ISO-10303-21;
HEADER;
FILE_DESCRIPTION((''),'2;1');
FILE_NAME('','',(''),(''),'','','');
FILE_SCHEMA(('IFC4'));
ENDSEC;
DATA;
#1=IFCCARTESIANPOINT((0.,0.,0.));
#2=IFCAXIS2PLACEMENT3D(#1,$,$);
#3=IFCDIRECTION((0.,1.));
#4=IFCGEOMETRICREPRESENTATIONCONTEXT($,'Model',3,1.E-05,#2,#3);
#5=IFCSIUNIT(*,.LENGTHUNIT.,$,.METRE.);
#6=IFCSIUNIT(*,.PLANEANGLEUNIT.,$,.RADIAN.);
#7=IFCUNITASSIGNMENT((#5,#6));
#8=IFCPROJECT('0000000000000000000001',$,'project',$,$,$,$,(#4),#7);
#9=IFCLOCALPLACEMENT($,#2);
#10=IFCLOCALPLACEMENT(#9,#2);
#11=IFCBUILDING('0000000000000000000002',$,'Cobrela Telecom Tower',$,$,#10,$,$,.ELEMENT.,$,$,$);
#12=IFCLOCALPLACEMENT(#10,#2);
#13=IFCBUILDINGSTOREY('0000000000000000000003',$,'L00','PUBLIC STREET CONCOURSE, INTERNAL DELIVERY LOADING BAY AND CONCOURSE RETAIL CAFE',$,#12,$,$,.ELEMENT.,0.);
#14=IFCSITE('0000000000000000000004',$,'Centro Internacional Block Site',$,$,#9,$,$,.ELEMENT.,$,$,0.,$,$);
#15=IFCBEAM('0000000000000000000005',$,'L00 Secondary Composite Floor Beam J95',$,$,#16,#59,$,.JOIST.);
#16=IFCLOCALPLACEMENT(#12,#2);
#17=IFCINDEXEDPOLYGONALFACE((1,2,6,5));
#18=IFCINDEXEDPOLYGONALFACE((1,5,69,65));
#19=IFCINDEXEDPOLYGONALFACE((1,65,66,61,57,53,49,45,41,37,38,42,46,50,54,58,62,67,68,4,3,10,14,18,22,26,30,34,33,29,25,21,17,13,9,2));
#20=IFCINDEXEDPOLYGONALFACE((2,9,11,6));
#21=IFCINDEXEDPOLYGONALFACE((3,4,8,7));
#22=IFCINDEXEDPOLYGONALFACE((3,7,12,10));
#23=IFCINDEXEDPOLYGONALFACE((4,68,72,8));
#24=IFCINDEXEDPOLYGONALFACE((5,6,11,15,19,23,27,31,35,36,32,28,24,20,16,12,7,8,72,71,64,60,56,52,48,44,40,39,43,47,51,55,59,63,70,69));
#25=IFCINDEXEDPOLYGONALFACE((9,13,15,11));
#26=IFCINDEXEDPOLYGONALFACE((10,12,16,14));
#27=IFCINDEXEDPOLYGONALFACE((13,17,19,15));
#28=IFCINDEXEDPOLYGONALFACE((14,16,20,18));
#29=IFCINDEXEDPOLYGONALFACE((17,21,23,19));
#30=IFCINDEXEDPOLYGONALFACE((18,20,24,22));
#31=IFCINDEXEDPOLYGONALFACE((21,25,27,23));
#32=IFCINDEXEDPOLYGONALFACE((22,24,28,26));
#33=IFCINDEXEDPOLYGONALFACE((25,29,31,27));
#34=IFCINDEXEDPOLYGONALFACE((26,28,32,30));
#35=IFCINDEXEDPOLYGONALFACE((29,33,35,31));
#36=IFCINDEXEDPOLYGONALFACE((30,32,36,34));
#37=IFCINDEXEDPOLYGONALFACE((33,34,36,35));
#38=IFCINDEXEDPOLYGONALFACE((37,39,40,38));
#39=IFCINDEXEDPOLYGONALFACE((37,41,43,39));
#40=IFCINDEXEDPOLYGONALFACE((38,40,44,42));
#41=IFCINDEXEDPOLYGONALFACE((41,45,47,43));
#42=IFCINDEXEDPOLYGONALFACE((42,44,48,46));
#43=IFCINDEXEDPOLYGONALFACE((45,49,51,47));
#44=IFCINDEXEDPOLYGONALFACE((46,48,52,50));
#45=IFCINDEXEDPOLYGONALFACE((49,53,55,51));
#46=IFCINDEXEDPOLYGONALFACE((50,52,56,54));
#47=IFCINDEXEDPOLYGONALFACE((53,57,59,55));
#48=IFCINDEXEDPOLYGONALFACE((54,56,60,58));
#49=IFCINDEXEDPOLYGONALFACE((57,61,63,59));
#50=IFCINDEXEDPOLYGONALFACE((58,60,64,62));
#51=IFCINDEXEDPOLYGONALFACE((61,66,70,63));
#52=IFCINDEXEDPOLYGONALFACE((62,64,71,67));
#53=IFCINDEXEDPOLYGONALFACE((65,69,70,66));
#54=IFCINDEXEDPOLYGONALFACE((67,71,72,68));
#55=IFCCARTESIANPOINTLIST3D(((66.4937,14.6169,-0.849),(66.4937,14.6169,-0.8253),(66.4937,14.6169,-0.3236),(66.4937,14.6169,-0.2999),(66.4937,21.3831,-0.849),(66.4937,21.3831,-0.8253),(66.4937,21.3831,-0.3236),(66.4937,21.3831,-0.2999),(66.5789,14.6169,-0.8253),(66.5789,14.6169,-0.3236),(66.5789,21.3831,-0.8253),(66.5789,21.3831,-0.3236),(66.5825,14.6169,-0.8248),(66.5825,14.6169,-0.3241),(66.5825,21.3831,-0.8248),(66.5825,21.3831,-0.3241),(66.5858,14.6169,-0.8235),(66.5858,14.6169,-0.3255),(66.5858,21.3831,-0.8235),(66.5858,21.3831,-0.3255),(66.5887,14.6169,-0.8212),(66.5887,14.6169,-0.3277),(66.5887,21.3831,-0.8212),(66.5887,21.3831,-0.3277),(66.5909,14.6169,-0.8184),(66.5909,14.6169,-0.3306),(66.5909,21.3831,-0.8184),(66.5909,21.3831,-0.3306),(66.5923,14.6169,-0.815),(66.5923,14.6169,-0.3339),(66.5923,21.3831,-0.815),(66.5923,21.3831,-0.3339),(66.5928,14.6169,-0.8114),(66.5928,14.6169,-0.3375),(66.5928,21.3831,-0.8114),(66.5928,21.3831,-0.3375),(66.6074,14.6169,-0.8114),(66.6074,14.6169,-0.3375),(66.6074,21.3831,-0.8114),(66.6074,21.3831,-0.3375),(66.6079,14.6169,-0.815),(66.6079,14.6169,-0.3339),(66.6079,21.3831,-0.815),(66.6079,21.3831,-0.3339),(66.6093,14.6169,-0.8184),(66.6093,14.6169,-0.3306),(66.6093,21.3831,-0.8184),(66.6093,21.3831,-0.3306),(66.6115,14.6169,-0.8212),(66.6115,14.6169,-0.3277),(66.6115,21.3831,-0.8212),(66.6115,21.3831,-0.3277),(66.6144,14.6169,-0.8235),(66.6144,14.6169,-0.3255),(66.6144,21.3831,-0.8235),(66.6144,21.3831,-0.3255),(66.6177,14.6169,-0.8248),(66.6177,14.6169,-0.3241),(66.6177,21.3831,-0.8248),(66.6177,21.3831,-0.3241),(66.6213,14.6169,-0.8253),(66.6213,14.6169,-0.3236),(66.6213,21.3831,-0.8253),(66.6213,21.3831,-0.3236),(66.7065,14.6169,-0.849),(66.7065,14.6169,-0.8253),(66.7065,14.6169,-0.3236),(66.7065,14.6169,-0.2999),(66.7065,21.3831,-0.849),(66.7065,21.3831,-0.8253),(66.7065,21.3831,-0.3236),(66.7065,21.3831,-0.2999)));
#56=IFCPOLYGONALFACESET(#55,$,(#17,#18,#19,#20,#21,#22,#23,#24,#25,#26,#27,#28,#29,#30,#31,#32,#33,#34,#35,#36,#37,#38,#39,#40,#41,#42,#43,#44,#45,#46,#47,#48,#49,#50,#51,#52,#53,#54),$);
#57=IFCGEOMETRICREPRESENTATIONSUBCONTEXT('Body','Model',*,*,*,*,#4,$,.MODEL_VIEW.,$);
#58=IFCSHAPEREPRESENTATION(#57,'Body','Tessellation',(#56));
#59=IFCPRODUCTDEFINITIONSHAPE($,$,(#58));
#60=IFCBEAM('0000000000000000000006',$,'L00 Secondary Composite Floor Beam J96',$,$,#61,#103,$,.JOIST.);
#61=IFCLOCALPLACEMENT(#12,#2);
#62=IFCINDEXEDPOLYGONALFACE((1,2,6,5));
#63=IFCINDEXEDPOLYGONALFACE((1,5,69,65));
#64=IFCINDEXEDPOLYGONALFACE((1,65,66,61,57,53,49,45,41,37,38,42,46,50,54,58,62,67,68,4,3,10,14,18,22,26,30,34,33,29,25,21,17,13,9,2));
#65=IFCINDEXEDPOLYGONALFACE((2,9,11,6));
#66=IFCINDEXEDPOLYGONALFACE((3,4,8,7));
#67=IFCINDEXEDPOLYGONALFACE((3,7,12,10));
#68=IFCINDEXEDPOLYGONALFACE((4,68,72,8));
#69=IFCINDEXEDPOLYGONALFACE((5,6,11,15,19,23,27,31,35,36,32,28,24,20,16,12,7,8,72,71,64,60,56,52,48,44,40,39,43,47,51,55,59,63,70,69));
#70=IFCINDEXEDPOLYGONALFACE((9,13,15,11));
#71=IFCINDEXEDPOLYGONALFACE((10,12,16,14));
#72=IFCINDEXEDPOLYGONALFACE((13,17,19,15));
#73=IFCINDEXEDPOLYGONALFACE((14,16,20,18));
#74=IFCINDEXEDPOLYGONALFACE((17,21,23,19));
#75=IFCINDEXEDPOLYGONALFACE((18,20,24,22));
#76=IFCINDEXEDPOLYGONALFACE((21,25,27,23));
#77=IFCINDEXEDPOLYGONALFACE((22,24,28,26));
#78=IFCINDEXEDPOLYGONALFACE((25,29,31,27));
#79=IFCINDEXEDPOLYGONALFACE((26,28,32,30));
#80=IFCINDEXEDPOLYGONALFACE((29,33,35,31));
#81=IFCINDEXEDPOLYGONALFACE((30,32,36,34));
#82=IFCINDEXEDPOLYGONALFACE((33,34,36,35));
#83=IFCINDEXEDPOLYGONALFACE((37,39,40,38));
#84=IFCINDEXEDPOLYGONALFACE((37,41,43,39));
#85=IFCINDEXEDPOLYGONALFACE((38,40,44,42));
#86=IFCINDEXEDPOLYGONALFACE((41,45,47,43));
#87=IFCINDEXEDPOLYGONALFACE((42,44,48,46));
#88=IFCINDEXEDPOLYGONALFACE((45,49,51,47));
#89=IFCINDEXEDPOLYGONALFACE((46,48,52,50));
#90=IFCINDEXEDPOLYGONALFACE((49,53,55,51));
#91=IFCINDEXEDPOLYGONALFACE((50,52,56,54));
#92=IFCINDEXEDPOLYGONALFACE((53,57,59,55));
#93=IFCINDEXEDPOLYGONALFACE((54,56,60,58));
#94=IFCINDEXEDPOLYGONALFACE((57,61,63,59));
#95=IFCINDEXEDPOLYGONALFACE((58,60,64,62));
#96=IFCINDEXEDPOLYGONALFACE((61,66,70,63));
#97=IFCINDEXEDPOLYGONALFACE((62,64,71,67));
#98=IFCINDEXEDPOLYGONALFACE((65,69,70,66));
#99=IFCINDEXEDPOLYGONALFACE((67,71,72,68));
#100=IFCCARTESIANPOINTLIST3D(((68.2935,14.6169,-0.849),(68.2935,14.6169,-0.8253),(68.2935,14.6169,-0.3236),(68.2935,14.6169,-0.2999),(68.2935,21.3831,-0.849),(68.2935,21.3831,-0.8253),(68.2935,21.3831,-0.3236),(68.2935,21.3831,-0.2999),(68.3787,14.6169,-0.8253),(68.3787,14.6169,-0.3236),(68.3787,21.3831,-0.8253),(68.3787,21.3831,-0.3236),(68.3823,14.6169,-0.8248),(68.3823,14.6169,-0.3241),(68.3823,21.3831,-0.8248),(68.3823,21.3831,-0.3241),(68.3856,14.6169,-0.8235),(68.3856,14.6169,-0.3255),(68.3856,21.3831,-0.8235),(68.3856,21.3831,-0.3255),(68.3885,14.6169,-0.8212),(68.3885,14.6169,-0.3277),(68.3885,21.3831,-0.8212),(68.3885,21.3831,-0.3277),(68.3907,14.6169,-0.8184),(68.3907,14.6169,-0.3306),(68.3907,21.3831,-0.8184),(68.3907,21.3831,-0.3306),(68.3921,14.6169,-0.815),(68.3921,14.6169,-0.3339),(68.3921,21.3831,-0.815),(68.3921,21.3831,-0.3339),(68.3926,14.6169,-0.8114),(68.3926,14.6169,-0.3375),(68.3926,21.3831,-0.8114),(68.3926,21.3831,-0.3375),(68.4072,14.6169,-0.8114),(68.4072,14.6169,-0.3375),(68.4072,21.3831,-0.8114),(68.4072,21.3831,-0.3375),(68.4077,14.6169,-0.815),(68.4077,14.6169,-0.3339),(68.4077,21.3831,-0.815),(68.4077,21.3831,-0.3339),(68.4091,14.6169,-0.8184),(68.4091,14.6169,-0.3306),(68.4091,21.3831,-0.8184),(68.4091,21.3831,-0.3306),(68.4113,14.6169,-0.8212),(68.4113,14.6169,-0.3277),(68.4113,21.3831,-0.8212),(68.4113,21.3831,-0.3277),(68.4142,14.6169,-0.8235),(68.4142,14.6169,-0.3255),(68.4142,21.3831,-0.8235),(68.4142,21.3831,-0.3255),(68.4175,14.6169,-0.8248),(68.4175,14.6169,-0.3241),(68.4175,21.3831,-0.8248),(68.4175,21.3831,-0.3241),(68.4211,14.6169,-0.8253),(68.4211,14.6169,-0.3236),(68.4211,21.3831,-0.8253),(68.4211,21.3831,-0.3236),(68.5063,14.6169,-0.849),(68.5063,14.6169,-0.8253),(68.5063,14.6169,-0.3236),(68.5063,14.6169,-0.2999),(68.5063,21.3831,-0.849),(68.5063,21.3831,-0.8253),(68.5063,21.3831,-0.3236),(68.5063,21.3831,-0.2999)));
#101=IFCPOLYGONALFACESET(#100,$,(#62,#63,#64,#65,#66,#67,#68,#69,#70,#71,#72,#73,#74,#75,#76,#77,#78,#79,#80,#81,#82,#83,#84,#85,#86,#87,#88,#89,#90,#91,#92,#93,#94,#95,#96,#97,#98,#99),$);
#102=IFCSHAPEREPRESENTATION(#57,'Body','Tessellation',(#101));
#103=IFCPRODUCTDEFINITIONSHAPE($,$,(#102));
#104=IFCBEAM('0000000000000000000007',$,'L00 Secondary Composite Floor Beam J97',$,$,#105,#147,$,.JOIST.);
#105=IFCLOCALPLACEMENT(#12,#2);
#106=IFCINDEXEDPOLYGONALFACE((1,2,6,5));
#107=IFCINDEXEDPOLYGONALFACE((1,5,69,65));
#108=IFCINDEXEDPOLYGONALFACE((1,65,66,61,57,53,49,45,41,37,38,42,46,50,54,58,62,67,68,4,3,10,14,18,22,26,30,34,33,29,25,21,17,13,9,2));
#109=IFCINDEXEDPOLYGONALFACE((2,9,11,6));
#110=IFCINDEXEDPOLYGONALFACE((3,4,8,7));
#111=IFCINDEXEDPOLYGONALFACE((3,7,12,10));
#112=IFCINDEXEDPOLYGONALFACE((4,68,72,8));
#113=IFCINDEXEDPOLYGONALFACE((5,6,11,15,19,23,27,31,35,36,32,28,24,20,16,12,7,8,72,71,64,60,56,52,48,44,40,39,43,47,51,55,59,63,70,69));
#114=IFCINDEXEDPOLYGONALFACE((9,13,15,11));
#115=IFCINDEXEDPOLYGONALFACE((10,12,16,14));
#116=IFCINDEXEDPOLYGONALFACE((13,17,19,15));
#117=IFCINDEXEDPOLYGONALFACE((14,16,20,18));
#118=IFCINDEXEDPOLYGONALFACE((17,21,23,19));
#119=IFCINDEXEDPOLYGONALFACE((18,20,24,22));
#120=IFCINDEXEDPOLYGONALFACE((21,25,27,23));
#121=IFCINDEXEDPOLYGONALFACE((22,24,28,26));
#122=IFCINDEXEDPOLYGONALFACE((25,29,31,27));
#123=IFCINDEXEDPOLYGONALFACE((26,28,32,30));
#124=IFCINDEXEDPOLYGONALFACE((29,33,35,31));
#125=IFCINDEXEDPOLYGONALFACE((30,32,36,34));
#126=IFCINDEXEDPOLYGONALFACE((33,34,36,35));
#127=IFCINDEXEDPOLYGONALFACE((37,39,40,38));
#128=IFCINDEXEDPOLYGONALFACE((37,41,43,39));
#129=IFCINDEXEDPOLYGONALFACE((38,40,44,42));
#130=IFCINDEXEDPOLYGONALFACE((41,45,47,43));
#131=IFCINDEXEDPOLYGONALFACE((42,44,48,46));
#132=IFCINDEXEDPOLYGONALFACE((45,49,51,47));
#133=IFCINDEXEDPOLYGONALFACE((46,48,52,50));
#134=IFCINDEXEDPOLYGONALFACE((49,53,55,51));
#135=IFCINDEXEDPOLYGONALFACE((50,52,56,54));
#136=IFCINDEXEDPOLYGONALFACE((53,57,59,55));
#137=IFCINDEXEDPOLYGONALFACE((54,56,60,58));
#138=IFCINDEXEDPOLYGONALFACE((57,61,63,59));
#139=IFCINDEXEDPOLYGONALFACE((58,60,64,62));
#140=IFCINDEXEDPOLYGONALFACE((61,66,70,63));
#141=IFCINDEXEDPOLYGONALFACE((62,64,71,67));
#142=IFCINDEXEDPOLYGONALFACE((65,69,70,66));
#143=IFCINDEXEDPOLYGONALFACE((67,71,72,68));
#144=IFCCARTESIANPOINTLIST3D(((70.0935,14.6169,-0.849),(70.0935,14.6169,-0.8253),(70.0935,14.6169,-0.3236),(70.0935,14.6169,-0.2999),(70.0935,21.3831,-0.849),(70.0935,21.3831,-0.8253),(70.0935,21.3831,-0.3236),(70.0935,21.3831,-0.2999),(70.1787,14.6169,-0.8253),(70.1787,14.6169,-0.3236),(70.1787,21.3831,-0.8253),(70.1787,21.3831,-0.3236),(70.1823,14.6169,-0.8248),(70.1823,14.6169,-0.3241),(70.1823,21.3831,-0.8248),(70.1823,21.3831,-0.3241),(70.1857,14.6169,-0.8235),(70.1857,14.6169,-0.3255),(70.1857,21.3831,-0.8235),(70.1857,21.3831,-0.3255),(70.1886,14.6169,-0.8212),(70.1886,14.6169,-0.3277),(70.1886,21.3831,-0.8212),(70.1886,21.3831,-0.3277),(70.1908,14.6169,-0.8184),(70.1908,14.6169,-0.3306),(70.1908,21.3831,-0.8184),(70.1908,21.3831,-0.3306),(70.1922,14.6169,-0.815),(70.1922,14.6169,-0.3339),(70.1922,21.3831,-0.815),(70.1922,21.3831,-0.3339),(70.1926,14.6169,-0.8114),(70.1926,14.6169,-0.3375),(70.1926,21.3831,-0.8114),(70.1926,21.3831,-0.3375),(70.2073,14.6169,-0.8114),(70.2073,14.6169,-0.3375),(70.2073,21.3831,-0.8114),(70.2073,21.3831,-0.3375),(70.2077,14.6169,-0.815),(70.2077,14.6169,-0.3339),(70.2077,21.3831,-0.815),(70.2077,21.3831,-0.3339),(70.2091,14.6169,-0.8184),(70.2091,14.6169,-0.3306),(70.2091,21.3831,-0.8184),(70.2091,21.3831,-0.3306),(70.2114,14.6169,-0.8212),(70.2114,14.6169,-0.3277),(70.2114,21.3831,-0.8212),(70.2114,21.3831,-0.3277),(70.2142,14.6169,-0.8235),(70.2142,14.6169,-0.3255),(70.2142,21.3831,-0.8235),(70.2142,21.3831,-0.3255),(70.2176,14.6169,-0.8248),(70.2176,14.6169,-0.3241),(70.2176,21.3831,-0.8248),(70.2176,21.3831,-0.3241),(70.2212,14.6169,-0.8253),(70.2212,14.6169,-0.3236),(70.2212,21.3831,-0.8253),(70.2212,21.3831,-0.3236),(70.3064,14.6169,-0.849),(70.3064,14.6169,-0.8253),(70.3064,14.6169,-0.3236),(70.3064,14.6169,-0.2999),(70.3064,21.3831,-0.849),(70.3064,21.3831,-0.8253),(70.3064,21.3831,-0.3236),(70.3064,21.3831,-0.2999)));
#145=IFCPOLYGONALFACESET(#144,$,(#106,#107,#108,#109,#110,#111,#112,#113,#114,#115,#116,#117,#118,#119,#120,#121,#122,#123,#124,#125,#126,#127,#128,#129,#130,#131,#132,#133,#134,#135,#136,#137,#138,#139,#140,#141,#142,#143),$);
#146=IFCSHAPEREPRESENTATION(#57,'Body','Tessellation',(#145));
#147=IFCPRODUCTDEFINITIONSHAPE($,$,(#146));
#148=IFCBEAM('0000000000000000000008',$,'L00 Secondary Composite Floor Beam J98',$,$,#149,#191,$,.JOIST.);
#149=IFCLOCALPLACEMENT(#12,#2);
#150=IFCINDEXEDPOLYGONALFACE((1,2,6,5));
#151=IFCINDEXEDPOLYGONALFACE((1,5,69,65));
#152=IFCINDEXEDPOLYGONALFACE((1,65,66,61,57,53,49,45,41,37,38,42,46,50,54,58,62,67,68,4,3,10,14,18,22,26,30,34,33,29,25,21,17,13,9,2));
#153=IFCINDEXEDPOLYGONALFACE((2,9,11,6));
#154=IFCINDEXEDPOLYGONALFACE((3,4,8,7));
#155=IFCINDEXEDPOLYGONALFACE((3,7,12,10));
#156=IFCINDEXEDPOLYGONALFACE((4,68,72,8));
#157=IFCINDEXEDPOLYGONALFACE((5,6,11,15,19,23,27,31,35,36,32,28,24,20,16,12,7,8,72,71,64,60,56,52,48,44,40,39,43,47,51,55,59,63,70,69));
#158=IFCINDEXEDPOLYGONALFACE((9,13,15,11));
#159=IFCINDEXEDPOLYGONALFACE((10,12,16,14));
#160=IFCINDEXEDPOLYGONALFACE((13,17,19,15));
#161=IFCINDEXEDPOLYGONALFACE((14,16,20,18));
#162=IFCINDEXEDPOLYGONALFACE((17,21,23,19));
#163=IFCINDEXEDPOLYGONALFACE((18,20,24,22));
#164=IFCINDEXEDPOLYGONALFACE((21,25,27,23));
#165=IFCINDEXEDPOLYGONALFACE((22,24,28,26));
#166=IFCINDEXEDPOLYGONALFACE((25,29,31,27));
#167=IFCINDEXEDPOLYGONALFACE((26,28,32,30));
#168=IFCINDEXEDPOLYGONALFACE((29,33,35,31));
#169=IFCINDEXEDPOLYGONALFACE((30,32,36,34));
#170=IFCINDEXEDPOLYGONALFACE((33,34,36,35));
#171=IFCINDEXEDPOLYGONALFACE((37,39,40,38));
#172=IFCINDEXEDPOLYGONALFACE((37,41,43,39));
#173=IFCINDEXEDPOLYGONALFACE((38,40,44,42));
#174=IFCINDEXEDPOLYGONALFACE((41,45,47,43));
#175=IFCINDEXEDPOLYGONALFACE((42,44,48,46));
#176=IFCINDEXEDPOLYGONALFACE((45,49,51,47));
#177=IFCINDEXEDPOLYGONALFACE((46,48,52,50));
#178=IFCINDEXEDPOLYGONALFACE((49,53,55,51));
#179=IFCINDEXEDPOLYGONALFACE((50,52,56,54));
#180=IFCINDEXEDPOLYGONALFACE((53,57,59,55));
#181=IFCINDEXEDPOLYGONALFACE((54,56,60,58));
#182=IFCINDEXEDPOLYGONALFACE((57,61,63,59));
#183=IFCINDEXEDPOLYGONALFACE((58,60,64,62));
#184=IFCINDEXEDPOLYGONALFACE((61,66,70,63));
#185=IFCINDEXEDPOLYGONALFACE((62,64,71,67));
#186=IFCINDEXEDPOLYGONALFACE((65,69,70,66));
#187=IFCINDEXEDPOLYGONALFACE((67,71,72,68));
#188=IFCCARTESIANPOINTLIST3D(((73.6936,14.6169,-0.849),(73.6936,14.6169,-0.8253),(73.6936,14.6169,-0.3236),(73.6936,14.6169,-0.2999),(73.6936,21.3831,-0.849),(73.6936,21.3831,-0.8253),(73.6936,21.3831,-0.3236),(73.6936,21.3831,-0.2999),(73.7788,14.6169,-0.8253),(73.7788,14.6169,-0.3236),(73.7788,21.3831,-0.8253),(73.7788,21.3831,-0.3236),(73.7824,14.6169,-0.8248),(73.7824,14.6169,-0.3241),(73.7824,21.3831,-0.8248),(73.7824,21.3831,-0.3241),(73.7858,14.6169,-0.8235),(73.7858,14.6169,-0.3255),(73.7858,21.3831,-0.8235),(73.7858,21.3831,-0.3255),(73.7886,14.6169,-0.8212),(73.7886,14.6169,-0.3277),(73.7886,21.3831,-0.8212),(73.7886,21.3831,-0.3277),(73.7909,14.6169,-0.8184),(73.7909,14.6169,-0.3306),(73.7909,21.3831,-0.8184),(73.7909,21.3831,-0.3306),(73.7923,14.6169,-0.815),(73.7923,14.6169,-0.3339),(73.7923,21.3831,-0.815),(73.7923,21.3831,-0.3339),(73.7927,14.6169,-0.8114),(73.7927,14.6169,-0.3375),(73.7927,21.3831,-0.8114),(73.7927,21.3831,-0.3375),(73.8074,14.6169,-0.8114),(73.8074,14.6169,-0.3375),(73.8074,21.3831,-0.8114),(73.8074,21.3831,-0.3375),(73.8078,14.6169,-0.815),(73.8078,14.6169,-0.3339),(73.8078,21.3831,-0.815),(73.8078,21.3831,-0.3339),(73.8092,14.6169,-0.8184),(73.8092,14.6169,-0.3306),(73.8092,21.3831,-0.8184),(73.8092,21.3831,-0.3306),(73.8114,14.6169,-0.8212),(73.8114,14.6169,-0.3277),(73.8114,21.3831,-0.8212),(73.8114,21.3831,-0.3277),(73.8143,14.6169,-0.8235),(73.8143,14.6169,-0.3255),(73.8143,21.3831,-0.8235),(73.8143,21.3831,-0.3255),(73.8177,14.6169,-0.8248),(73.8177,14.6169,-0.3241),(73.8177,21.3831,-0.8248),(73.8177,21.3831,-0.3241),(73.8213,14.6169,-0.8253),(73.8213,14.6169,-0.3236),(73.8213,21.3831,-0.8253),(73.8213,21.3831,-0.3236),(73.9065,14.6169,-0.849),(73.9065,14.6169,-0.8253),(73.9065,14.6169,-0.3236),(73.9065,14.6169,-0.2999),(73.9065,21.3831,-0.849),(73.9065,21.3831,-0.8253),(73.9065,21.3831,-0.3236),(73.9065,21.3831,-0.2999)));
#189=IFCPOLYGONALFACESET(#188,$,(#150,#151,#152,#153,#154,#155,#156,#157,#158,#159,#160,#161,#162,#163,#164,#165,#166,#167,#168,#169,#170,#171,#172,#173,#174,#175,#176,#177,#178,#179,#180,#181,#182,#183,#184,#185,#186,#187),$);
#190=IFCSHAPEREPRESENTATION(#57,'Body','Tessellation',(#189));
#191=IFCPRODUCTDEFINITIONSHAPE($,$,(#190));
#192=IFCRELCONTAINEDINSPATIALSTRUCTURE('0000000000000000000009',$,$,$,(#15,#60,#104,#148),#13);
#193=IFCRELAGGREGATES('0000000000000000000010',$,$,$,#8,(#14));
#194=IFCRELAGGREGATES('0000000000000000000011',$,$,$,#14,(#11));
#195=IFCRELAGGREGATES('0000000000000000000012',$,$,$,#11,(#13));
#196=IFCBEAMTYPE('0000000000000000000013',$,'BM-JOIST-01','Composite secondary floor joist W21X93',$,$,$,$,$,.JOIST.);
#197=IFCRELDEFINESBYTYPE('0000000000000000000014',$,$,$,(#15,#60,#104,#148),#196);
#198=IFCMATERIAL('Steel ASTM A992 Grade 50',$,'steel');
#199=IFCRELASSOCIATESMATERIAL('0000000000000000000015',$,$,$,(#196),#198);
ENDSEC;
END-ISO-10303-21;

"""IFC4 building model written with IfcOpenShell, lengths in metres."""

from ifc_helpers import new_model, si_unit, direction, frame, origin, origin_2d, place, context, subcontext, project, spatial, i_section, extrude, material, material_profile, profile_set, type_object, element, save


model = new_model("IFC4")

# Units and contexts
model_context = context("Model", 3, precision=1e-05, world=origin(), true_north=direction((0.0, 1.0)))
body_context = subcontext(model_context, "Body", "Model", "MODEL_VIEW")
ifc_project = project(units=[si_unit("LENGTHUNIT", "METRE"), si_unit("PLANEANGLEUNIT", "RADIAN")], contexts=[model_context])

# Site, building, storey
site_placement = place(None, origin())
site = spatial("IfcSite", under=ifc_project, at=site_placement, Name="Centro Internacional Block Site", CompositionType="ELEMENT", RefElevation=0.0)
building_placement = place(site_placement, origin())
building = spatial("IfcBuilding", under=site, at=building_placement, Name="Cobrela Telecom Tower", CompositionType="ELEMENT")
storey_placement = place(building_placement, origin())
storey = spatial("IfcBuildingStorey", under=building, at=storey_placement, Name="L00", Description="PUBLIC STREET CONCOURSE, INTERNAL DELIVERY LOADING BAY AND CONCOURSE RETAIL CAFE", CompositionType="ELEMENT", Elevation=0.0)

# Beams
ifc_material_1 = material(Name="Steel ASTM A992 Grade 50", Category="steel")
ifc_material_profile_1 = material_profile(ifc_material_1, i_section(OverallWidth=0.2129, OverallDepth=0.5491, WebThickness=0.0146, FlangeThickness=0.0237, FilletRadius=0.0139, at=origin_2d()), Name="W21X93")
ifc_profile_set_1 = profile_set([ifc_material_profile_1], Name="Steel ASTM A992 Grade 50")
beam_type_1 = type_object("IfcBeamType", Name="BM-JOIST-01", Description="Composite secondary floor joist W21X93", PredefinedType="JOIST", material=ifc_profile_set_1)
for number, where, z_axis, x_axis, name in (
    (1, (66.6001, 14.6169, -0.5745), (0.0, 1.0, 0.0), (-1.0, 0.0, 0.0), "L00 Secondary Composite Floor Beam J95"),
    (2, (68.3999, 14.6169, -0.5745), (0.0, 1.0, 0.0), (-1.0, 0.0, 0.0), "L00 Secondary Composite Floor Beam J96"),
    (3, (70.2, 14.6169, -0.5745), (0.0, 1.0, 0.0), (-1.0, 0.0, 0.0), "L00 Secondary Composite Floor Beam J97"),
    (4, (73.8, 14.6169, -0.5745), (0.0, 1.0, 0.0), (-1.0, 0.0, 0.0), "L00 Secondary Composite Floor Beam J98"),
):
    element("IfcBeam", number, at=place(storey_placement, frame(where, z_axis=z_axis, x_axis=x_axis)), inside=storey, type_object=beam_type_1, Name=name, PredefinedType="JOIST", context=body_context, shape_type="SweptSolid", body=[
        extrude(i_section(OverallWidth=0.2129, OverallDepth=0.5491, WebThickness=0.0146, FlangeThickness=0.0237, FilletRadius=0.0139, at=origin_2d()), origin(), (0.0, 0.0, 1.0), 6.7661),
    ])

save(model, "model.ifc")
